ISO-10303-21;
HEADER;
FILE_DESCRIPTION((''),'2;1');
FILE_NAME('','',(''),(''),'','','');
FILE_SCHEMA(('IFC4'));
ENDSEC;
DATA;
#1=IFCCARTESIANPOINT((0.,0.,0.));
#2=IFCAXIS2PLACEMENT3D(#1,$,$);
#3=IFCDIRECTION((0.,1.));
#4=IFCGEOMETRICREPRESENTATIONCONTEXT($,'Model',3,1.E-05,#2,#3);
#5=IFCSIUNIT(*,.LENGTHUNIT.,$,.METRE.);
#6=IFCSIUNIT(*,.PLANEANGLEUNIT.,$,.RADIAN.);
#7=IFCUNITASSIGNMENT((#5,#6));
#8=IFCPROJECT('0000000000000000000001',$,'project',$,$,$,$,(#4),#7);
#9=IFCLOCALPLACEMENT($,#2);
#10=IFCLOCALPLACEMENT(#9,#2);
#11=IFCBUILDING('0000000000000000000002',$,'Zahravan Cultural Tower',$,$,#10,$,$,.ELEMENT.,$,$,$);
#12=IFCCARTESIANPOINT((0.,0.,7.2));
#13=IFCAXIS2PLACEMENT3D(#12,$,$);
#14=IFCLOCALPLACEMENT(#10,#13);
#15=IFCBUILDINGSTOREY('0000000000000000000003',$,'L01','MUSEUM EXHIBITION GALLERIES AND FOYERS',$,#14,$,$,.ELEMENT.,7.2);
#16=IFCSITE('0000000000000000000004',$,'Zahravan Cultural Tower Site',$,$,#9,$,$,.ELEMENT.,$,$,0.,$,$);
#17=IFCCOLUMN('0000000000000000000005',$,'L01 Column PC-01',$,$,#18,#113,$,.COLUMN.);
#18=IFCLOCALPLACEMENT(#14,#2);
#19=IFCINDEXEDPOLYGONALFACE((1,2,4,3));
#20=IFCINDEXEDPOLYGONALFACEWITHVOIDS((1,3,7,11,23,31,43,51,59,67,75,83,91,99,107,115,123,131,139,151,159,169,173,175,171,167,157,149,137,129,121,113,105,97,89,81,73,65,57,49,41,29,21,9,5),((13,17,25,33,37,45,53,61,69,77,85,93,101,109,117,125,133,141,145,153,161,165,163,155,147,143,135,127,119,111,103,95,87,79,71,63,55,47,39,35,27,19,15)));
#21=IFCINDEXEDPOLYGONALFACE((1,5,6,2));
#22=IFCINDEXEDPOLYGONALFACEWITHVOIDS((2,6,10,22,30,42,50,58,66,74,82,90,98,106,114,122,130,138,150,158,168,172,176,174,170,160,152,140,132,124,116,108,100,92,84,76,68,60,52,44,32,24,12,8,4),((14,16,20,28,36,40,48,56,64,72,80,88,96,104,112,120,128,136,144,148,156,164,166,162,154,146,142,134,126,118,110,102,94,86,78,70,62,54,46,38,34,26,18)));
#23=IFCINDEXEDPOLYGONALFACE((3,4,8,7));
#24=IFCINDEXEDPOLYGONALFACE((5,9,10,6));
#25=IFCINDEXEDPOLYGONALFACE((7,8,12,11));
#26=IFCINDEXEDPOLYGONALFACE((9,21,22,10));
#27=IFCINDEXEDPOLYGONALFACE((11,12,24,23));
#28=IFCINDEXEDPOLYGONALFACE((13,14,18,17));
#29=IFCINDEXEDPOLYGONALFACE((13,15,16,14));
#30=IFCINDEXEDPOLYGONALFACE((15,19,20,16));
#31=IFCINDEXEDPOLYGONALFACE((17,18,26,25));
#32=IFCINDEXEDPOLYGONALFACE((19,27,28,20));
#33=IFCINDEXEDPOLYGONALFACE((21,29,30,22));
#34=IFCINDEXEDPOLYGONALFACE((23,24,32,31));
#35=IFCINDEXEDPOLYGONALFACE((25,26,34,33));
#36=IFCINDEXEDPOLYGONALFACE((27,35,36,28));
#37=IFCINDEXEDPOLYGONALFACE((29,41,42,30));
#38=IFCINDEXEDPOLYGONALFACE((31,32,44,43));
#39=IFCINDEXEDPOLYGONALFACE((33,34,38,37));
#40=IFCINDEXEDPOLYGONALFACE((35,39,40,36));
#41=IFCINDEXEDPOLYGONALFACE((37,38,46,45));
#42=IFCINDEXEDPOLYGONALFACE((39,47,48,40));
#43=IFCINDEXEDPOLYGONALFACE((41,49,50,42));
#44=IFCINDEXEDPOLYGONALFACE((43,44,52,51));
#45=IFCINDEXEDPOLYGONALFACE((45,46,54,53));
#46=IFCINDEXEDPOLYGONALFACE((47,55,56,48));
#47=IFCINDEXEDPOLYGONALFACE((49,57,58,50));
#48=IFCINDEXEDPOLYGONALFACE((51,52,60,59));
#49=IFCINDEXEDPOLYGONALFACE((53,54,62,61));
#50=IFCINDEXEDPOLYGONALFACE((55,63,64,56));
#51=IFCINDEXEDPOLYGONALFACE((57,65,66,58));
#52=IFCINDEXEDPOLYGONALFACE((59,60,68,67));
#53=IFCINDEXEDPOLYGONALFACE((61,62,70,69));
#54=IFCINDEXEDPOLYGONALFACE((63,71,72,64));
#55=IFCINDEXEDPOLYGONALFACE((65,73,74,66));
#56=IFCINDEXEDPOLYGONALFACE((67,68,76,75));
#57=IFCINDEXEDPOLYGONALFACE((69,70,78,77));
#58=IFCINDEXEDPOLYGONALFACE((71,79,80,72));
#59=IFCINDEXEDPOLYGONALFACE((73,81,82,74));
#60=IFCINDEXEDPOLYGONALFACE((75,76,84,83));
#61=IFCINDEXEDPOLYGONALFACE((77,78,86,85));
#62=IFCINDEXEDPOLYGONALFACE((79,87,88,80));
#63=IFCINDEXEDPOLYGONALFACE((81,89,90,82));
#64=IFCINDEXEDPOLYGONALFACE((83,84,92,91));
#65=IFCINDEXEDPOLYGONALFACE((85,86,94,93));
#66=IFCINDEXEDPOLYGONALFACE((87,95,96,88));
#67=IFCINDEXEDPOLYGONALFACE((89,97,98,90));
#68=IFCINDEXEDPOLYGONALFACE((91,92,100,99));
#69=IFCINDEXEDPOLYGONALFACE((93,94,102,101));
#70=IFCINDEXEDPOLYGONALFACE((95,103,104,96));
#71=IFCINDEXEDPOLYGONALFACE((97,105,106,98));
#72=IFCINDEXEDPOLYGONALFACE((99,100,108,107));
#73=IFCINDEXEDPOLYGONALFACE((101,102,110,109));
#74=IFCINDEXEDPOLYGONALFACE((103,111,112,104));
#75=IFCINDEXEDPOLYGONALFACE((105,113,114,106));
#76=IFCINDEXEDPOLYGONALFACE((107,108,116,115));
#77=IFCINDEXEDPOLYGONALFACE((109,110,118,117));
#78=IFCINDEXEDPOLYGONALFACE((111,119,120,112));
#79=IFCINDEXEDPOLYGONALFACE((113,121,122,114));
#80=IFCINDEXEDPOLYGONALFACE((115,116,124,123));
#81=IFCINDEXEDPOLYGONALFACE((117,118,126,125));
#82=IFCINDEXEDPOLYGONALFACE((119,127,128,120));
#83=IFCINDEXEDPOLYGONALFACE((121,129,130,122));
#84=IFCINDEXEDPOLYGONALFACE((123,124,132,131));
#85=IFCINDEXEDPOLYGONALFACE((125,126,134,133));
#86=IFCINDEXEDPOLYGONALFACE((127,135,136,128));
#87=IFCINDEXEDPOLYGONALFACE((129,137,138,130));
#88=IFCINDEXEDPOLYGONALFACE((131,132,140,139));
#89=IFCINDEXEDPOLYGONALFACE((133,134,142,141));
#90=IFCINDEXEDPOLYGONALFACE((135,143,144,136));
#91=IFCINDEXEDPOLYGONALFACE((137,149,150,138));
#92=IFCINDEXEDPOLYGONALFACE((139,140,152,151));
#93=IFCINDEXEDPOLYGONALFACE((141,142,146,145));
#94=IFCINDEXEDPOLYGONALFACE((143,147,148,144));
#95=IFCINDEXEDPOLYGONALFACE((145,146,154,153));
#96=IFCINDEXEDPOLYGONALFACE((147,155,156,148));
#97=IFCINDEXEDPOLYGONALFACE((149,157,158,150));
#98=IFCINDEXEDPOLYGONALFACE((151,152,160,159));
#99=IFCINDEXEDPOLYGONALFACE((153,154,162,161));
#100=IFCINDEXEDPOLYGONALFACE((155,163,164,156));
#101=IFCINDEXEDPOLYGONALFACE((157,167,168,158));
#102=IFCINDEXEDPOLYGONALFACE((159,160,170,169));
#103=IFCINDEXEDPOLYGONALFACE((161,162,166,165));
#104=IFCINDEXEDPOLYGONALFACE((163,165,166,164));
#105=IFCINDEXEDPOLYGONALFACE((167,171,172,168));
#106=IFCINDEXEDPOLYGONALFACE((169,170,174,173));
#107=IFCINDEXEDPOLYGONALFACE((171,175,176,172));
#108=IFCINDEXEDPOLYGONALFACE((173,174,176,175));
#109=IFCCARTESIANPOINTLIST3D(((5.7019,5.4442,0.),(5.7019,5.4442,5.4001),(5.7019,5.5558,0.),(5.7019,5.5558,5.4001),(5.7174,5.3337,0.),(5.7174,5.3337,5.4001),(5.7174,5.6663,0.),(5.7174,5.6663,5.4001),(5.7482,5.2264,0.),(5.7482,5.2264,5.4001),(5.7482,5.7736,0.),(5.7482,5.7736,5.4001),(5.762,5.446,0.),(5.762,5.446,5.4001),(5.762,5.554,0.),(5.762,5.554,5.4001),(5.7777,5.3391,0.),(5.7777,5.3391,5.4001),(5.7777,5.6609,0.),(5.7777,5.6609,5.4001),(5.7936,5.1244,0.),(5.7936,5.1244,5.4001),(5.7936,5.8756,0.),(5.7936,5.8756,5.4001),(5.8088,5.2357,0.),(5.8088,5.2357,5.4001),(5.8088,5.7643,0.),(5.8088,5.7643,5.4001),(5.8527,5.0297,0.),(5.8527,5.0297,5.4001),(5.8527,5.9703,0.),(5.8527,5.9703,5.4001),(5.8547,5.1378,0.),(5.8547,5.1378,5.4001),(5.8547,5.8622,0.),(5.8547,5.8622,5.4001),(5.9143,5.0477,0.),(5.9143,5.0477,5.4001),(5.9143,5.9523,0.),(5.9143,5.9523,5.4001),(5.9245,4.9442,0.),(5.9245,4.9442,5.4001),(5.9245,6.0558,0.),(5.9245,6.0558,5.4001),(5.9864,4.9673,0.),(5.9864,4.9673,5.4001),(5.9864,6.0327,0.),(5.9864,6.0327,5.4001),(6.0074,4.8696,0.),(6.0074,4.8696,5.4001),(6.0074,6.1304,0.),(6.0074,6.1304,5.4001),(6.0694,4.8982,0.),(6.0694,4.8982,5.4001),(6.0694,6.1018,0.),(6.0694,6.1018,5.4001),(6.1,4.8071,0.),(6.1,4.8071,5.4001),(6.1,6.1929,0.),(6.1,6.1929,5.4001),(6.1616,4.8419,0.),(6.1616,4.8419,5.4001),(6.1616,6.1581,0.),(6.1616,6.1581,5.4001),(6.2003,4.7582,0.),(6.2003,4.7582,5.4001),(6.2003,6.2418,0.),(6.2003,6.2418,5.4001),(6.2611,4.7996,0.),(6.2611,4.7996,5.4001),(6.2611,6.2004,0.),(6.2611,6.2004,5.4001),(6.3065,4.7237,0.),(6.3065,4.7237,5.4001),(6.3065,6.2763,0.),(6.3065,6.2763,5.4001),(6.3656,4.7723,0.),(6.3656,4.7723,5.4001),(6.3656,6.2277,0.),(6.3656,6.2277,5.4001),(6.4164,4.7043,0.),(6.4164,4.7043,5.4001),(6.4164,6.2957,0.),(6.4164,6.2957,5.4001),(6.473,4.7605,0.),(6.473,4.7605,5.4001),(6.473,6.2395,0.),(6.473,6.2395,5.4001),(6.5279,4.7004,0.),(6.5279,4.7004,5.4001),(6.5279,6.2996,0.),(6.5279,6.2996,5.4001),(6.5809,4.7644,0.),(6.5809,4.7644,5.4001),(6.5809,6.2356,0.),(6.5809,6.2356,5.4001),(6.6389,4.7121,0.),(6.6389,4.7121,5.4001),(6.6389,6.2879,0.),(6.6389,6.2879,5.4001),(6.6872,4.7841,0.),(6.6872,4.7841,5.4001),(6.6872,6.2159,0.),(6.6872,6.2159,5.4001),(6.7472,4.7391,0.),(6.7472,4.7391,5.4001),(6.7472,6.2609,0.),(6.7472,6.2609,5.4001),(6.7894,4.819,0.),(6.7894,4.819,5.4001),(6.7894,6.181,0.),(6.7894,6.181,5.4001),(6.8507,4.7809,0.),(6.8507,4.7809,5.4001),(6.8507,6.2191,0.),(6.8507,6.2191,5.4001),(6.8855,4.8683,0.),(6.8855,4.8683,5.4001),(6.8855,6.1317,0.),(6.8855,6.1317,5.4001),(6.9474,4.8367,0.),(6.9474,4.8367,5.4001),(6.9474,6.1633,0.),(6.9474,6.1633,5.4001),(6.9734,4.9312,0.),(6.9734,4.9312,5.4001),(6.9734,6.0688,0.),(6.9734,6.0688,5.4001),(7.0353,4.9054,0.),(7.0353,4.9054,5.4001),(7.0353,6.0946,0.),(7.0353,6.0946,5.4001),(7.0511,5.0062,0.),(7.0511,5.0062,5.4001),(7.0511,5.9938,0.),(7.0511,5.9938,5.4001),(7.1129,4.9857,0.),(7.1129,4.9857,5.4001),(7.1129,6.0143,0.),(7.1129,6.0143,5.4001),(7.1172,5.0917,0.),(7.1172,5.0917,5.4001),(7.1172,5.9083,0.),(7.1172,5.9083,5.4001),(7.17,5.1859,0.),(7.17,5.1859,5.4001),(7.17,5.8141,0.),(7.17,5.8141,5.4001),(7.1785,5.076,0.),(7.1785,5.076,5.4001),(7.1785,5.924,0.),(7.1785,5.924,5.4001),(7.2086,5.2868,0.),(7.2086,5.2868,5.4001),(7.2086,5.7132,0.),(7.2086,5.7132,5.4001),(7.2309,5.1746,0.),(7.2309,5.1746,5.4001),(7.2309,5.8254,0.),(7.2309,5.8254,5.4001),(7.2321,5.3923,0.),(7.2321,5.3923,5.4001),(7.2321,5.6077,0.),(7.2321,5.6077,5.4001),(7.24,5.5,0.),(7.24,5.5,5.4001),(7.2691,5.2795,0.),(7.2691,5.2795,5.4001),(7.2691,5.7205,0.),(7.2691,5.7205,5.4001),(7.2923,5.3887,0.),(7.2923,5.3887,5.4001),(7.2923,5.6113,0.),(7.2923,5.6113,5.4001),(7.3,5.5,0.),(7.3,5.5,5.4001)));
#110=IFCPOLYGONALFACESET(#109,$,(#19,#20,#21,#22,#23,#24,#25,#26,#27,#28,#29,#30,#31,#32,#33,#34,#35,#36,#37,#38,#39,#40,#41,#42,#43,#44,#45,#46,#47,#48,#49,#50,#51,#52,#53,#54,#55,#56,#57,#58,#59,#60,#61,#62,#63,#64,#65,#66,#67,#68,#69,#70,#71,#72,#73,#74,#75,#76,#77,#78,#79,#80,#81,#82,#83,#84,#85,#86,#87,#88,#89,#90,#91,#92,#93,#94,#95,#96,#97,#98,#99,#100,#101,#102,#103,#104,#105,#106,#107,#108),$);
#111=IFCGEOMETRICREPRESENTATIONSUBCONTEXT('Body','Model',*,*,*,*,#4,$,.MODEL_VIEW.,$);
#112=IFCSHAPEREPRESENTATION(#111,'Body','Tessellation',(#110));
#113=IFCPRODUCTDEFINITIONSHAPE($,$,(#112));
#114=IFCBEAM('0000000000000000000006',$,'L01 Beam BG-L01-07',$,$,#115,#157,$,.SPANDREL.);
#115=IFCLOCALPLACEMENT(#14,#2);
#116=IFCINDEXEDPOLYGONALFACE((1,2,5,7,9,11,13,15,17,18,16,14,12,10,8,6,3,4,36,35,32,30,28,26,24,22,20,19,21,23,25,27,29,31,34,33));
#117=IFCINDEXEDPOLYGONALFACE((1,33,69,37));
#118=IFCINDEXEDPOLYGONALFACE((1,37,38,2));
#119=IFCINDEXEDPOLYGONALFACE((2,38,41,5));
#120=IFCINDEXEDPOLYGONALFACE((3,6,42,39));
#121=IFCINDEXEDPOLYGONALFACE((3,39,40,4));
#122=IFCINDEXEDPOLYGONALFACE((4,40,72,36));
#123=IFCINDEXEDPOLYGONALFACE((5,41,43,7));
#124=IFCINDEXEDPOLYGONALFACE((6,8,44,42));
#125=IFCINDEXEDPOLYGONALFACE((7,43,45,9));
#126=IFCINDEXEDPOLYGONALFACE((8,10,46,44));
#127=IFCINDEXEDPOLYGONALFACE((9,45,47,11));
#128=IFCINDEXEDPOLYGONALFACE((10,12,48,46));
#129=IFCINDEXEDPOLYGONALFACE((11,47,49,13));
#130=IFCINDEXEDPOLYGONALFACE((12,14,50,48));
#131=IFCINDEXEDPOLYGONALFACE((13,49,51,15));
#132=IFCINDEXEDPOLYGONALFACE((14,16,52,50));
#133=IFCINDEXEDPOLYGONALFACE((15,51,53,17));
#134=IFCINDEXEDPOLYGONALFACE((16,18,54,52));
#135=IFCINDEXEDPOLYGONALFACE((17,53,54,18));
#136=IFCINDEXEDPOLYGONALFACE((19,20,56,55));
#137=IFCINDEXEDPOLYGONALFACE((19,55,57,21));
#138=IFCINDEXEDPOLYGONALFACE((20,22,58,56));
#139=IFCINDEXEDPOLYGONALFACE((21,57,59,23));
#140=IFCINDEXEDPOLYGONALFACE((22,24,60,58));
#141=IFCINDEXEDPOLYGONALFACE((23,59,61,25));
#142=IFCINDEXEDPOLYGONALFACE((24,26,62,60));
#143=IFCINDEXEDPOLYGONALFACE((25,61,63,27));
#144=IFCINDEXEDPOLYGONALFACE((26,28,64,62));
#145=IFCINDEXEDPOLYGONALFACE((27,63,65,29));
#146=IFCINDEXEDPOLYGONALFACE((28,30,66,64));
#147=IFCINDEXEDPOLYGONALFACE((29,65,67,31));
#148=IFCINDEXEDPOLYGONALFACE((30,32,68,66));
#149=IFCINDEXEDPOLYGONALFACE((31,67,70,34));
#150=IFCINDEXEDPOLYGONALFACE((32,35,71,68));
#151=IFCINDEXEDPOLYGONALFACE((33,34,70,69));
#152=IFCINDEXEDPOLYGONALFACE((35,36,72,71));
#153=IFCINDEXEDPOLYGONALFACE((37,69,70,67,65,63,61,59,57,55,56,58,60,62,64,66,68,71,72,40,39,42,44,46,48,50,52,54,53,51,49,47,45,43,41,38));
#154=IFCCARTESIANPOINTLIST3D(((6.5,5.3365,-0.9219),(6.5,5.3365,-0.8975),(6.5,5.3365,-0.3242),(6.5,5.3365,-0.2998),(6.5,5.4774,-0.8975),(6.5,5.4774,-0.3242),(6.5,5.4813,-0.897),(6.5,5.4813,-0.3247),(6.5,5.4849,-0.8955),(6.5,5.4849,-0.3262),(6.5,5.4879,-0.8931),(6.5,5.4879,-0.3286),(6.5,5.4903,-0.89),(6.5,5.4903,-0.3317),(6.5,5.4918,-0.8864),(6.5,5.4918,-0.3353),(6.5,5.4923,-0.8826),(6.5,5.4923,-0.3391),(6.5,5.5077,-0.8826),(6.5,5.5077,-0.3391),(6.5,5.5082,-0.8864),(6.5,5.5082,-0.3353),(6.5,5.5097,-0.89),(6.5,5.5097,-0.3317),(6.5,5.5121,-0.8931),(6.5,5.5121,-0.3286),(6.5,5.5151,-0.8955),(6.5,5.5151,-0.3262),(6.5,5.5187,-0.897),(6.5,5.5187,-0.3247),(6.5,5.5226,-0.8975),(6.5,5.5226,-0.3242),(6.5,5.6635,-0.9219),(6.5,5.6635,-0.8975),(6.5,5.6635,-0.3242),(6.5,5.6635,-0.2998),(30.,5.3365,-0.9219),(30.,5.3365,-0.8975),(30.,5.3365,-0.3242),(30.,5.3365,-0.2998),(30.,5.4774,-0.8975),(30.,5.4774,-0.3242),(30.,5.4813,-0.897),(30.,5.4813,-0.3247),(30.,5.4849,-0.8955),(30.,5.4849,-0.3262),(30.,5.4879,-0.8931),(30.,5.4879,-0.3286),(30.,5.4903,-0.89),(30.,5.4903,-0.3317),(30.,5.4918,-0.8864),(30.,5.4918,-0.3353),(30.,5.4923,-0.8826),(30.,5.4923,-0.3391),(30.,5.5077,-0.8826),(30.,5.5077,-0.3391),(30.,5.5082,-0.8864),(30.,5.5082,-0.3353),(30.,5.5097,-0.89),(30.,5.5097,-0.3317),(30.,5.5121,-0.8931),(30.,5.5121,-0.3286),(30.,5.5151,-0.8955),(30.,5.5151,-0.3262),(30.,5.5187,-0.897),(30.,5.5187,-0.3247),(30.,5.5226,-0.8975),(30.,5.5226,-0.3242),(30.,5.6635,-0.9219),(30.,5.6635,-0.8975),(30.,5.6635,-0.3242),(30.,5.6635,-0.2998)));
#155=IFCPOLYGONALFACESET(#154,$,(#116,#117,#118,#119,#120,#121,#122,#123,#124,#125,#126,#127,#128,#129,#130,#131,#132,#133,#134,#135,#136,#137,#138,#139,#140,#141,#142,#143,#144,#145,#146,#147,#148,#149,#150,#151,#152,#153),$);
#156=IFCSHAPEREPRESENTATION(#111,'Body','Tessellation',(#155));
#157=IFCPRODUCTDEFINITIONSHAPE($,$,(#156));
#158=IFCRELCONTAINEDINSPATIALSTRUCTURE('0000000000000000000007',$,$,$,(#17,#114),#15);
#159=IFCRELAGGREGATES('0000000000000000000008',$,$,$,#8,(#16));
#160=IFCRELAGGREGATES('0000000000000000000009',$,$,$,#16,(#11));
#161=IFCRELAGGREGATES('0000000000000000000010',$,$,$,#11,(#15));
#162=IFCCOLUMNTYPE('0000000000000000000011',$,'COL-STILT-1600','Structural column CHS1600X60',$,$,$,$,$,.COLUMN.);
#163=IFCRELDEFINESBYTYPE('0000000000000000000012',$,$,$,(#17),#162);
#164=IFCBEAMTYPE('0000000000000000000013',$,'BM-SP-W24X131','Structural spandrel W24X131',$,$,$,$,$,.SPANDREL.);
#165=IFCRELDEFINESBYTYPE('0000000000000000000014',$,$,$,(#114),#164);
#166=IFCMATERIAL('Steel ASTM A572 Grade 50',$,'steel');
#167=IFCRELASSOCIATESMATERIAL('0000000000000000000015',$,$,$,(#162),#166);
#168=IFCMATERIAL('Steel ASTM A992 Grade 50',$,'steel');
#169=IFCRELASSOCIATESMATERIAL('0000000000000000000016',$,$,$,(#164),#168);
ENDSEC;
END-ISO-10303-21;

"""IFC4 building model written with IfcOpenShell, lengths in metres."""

from ifc_helpers import new_model, si_unit, direction, frame, origin, origin_2d, place, context, subcontext, project, spatial, hollow_circle, i_section, extrude, source, transform, mapped, material, material_profile, profile_set, type_object, element, save


model = new_model("IFC4")

# Units and contexts
model_context = context("Model", 3, precision=1e-05, world=origin(), true_north=direction((0.0, 1.0)))
body_context = subcontext(model_context, "Body", "Model", "MODEL_VIEW")
ifc_project = project(units=[si_unit("LENGTHUNIT", "METRE"), si_unit("PLANEANGLEUNIT", "RADIAN")], contexts=[model_context])

# Site, building, storey
site_placement = place(None, origin())
site = spatial("IfcSite", under=ifc_project, at=site_placement, Name="Zahravan Cultural Tower Site", CompositionType="ELEMENT", RefElevation=0.0)
building_placement = place(site_placement, origin())
building = spatial("IfcBuilding", under=site, at=building_placement, Name="Zahravan Cultural Tower", CompositionType="ELEMENT")
storey_placement = place(building_placement, frame((0.0, 0.0, 7.2)))
storey = spatial("IfcBuildingStorey", under=building, at=storey_placement, Name="L01", Description="MUSEUM EXHIBITION GALLERIES AND FOYERS", CompositionType="ELEMENT", Elevation=7.2)

# Column
ifc_material_1 = material(Name="Steel ASTM A572 Grade 50", Category="steel")
ifc_material_profile_1 = material_profile(ifc_material_1, hollow_circle(Radius=0.8, WallThickness=0.0601, at=origin_2d()), Name="CHS1600X60")
ifc_profile_set_1 = profile_set([ifc_material_profile_1], Name="Steel ASTM A572 Grade 50")
column_type = type_object("IfcColumnType", Name="COL-STILT-1600", Description="Structural column CHS1600X60", PredefinedType="COLUMN", material=ifc_profile_set_1)
shared_shape_1 = source(origin(), body_context, "Body", "SweptSolid", [
    extrude(hollow_circle(Radius=0.8, WallThickness=0.0601, at=origin_2d()), origin(), (0.0, 0.0, 1.0), 5.4001),
])
column_placement = place(storey_placement, frame((6.5, 5.5, 0.0), z_axis=(0.0, 0.0, 1.0), x_axis=(1.0, 0.0, 0.0)))
element("IfcColumn", 1, at=column_placement, inside=storey, type_object=column_type, Name="L01 Column PC-01", PredefinedType="COLUMN", context=body_context, shape_type="MappedRepresentation", body=[
    mapped(shared_shape_1, transform((0.0, 0.0, 0.0), x_axis=(1.0, 0.0, 0.0), y_axis=(0.0, 1.0, 0.0), z_axis=(0.0, 0.0, 1.0), scale=1.0)),
])

# Beam
ifc_material_2 = material(Name="Steel ASTM A992 Grade 50", Category="steel")
ifc_material_profile_2 = material_profile(ifc_material_2, i_section(OverallWidth=0.3269, OverallDepth=0.6221, WebThickness=0.0154, FlangeThickness=0.0244, FilletRadius=0.0149, at=origin_2d()), Name="W24X131")
ifc_profile_set_2 = profile_set([ifc_material_profile_2], Name="Steel ASTM A992 Grade 50")
beam_type = type_object("IfcBeamType", Name="BM-SP-W24X131", Description="Structural spandrel W24X131", PredefinedType="SPANDREL", material=ifc_profile_set_2)
shared_shape_2 = source(origin(), body_context, "Body", "SweptSolid", [
    extrude(i_section(OverallWidth=0.3269, OverallDepth=0.6221, WebThickness=0.0154, FlangeThickness=0.0244, FilletRadius=0.0149, at=origin_2d()), origin(), (0.0, 0.0, 1.0), 23.5),
])
beam_1_placement = place(storey_placement, frame((6.5, 5.5, -0.6108), z_axis=(1.0, 0.0, 0.0), x_axis=(0.0, 1.0, 0.0)))
element("IfcBeam", 2, at=beam_1_placement, inside=storey, type_object=beam_type, Name="L01 Beam BG-L01-07", PredefinedType="SPANDREL", context=body_context, shape_type="MappedRepresentation", body=[
    mapped(shared_shape_2, transform((0.0, 0.0, 0.0), x_axis=(1.0, 0.0, 0.0), y_axis=(0.0, 1.0, 0.0), z_axis=(0.0, 0.0, 1.0), scale=1.0)),
])

save(model, "model.ifc")
